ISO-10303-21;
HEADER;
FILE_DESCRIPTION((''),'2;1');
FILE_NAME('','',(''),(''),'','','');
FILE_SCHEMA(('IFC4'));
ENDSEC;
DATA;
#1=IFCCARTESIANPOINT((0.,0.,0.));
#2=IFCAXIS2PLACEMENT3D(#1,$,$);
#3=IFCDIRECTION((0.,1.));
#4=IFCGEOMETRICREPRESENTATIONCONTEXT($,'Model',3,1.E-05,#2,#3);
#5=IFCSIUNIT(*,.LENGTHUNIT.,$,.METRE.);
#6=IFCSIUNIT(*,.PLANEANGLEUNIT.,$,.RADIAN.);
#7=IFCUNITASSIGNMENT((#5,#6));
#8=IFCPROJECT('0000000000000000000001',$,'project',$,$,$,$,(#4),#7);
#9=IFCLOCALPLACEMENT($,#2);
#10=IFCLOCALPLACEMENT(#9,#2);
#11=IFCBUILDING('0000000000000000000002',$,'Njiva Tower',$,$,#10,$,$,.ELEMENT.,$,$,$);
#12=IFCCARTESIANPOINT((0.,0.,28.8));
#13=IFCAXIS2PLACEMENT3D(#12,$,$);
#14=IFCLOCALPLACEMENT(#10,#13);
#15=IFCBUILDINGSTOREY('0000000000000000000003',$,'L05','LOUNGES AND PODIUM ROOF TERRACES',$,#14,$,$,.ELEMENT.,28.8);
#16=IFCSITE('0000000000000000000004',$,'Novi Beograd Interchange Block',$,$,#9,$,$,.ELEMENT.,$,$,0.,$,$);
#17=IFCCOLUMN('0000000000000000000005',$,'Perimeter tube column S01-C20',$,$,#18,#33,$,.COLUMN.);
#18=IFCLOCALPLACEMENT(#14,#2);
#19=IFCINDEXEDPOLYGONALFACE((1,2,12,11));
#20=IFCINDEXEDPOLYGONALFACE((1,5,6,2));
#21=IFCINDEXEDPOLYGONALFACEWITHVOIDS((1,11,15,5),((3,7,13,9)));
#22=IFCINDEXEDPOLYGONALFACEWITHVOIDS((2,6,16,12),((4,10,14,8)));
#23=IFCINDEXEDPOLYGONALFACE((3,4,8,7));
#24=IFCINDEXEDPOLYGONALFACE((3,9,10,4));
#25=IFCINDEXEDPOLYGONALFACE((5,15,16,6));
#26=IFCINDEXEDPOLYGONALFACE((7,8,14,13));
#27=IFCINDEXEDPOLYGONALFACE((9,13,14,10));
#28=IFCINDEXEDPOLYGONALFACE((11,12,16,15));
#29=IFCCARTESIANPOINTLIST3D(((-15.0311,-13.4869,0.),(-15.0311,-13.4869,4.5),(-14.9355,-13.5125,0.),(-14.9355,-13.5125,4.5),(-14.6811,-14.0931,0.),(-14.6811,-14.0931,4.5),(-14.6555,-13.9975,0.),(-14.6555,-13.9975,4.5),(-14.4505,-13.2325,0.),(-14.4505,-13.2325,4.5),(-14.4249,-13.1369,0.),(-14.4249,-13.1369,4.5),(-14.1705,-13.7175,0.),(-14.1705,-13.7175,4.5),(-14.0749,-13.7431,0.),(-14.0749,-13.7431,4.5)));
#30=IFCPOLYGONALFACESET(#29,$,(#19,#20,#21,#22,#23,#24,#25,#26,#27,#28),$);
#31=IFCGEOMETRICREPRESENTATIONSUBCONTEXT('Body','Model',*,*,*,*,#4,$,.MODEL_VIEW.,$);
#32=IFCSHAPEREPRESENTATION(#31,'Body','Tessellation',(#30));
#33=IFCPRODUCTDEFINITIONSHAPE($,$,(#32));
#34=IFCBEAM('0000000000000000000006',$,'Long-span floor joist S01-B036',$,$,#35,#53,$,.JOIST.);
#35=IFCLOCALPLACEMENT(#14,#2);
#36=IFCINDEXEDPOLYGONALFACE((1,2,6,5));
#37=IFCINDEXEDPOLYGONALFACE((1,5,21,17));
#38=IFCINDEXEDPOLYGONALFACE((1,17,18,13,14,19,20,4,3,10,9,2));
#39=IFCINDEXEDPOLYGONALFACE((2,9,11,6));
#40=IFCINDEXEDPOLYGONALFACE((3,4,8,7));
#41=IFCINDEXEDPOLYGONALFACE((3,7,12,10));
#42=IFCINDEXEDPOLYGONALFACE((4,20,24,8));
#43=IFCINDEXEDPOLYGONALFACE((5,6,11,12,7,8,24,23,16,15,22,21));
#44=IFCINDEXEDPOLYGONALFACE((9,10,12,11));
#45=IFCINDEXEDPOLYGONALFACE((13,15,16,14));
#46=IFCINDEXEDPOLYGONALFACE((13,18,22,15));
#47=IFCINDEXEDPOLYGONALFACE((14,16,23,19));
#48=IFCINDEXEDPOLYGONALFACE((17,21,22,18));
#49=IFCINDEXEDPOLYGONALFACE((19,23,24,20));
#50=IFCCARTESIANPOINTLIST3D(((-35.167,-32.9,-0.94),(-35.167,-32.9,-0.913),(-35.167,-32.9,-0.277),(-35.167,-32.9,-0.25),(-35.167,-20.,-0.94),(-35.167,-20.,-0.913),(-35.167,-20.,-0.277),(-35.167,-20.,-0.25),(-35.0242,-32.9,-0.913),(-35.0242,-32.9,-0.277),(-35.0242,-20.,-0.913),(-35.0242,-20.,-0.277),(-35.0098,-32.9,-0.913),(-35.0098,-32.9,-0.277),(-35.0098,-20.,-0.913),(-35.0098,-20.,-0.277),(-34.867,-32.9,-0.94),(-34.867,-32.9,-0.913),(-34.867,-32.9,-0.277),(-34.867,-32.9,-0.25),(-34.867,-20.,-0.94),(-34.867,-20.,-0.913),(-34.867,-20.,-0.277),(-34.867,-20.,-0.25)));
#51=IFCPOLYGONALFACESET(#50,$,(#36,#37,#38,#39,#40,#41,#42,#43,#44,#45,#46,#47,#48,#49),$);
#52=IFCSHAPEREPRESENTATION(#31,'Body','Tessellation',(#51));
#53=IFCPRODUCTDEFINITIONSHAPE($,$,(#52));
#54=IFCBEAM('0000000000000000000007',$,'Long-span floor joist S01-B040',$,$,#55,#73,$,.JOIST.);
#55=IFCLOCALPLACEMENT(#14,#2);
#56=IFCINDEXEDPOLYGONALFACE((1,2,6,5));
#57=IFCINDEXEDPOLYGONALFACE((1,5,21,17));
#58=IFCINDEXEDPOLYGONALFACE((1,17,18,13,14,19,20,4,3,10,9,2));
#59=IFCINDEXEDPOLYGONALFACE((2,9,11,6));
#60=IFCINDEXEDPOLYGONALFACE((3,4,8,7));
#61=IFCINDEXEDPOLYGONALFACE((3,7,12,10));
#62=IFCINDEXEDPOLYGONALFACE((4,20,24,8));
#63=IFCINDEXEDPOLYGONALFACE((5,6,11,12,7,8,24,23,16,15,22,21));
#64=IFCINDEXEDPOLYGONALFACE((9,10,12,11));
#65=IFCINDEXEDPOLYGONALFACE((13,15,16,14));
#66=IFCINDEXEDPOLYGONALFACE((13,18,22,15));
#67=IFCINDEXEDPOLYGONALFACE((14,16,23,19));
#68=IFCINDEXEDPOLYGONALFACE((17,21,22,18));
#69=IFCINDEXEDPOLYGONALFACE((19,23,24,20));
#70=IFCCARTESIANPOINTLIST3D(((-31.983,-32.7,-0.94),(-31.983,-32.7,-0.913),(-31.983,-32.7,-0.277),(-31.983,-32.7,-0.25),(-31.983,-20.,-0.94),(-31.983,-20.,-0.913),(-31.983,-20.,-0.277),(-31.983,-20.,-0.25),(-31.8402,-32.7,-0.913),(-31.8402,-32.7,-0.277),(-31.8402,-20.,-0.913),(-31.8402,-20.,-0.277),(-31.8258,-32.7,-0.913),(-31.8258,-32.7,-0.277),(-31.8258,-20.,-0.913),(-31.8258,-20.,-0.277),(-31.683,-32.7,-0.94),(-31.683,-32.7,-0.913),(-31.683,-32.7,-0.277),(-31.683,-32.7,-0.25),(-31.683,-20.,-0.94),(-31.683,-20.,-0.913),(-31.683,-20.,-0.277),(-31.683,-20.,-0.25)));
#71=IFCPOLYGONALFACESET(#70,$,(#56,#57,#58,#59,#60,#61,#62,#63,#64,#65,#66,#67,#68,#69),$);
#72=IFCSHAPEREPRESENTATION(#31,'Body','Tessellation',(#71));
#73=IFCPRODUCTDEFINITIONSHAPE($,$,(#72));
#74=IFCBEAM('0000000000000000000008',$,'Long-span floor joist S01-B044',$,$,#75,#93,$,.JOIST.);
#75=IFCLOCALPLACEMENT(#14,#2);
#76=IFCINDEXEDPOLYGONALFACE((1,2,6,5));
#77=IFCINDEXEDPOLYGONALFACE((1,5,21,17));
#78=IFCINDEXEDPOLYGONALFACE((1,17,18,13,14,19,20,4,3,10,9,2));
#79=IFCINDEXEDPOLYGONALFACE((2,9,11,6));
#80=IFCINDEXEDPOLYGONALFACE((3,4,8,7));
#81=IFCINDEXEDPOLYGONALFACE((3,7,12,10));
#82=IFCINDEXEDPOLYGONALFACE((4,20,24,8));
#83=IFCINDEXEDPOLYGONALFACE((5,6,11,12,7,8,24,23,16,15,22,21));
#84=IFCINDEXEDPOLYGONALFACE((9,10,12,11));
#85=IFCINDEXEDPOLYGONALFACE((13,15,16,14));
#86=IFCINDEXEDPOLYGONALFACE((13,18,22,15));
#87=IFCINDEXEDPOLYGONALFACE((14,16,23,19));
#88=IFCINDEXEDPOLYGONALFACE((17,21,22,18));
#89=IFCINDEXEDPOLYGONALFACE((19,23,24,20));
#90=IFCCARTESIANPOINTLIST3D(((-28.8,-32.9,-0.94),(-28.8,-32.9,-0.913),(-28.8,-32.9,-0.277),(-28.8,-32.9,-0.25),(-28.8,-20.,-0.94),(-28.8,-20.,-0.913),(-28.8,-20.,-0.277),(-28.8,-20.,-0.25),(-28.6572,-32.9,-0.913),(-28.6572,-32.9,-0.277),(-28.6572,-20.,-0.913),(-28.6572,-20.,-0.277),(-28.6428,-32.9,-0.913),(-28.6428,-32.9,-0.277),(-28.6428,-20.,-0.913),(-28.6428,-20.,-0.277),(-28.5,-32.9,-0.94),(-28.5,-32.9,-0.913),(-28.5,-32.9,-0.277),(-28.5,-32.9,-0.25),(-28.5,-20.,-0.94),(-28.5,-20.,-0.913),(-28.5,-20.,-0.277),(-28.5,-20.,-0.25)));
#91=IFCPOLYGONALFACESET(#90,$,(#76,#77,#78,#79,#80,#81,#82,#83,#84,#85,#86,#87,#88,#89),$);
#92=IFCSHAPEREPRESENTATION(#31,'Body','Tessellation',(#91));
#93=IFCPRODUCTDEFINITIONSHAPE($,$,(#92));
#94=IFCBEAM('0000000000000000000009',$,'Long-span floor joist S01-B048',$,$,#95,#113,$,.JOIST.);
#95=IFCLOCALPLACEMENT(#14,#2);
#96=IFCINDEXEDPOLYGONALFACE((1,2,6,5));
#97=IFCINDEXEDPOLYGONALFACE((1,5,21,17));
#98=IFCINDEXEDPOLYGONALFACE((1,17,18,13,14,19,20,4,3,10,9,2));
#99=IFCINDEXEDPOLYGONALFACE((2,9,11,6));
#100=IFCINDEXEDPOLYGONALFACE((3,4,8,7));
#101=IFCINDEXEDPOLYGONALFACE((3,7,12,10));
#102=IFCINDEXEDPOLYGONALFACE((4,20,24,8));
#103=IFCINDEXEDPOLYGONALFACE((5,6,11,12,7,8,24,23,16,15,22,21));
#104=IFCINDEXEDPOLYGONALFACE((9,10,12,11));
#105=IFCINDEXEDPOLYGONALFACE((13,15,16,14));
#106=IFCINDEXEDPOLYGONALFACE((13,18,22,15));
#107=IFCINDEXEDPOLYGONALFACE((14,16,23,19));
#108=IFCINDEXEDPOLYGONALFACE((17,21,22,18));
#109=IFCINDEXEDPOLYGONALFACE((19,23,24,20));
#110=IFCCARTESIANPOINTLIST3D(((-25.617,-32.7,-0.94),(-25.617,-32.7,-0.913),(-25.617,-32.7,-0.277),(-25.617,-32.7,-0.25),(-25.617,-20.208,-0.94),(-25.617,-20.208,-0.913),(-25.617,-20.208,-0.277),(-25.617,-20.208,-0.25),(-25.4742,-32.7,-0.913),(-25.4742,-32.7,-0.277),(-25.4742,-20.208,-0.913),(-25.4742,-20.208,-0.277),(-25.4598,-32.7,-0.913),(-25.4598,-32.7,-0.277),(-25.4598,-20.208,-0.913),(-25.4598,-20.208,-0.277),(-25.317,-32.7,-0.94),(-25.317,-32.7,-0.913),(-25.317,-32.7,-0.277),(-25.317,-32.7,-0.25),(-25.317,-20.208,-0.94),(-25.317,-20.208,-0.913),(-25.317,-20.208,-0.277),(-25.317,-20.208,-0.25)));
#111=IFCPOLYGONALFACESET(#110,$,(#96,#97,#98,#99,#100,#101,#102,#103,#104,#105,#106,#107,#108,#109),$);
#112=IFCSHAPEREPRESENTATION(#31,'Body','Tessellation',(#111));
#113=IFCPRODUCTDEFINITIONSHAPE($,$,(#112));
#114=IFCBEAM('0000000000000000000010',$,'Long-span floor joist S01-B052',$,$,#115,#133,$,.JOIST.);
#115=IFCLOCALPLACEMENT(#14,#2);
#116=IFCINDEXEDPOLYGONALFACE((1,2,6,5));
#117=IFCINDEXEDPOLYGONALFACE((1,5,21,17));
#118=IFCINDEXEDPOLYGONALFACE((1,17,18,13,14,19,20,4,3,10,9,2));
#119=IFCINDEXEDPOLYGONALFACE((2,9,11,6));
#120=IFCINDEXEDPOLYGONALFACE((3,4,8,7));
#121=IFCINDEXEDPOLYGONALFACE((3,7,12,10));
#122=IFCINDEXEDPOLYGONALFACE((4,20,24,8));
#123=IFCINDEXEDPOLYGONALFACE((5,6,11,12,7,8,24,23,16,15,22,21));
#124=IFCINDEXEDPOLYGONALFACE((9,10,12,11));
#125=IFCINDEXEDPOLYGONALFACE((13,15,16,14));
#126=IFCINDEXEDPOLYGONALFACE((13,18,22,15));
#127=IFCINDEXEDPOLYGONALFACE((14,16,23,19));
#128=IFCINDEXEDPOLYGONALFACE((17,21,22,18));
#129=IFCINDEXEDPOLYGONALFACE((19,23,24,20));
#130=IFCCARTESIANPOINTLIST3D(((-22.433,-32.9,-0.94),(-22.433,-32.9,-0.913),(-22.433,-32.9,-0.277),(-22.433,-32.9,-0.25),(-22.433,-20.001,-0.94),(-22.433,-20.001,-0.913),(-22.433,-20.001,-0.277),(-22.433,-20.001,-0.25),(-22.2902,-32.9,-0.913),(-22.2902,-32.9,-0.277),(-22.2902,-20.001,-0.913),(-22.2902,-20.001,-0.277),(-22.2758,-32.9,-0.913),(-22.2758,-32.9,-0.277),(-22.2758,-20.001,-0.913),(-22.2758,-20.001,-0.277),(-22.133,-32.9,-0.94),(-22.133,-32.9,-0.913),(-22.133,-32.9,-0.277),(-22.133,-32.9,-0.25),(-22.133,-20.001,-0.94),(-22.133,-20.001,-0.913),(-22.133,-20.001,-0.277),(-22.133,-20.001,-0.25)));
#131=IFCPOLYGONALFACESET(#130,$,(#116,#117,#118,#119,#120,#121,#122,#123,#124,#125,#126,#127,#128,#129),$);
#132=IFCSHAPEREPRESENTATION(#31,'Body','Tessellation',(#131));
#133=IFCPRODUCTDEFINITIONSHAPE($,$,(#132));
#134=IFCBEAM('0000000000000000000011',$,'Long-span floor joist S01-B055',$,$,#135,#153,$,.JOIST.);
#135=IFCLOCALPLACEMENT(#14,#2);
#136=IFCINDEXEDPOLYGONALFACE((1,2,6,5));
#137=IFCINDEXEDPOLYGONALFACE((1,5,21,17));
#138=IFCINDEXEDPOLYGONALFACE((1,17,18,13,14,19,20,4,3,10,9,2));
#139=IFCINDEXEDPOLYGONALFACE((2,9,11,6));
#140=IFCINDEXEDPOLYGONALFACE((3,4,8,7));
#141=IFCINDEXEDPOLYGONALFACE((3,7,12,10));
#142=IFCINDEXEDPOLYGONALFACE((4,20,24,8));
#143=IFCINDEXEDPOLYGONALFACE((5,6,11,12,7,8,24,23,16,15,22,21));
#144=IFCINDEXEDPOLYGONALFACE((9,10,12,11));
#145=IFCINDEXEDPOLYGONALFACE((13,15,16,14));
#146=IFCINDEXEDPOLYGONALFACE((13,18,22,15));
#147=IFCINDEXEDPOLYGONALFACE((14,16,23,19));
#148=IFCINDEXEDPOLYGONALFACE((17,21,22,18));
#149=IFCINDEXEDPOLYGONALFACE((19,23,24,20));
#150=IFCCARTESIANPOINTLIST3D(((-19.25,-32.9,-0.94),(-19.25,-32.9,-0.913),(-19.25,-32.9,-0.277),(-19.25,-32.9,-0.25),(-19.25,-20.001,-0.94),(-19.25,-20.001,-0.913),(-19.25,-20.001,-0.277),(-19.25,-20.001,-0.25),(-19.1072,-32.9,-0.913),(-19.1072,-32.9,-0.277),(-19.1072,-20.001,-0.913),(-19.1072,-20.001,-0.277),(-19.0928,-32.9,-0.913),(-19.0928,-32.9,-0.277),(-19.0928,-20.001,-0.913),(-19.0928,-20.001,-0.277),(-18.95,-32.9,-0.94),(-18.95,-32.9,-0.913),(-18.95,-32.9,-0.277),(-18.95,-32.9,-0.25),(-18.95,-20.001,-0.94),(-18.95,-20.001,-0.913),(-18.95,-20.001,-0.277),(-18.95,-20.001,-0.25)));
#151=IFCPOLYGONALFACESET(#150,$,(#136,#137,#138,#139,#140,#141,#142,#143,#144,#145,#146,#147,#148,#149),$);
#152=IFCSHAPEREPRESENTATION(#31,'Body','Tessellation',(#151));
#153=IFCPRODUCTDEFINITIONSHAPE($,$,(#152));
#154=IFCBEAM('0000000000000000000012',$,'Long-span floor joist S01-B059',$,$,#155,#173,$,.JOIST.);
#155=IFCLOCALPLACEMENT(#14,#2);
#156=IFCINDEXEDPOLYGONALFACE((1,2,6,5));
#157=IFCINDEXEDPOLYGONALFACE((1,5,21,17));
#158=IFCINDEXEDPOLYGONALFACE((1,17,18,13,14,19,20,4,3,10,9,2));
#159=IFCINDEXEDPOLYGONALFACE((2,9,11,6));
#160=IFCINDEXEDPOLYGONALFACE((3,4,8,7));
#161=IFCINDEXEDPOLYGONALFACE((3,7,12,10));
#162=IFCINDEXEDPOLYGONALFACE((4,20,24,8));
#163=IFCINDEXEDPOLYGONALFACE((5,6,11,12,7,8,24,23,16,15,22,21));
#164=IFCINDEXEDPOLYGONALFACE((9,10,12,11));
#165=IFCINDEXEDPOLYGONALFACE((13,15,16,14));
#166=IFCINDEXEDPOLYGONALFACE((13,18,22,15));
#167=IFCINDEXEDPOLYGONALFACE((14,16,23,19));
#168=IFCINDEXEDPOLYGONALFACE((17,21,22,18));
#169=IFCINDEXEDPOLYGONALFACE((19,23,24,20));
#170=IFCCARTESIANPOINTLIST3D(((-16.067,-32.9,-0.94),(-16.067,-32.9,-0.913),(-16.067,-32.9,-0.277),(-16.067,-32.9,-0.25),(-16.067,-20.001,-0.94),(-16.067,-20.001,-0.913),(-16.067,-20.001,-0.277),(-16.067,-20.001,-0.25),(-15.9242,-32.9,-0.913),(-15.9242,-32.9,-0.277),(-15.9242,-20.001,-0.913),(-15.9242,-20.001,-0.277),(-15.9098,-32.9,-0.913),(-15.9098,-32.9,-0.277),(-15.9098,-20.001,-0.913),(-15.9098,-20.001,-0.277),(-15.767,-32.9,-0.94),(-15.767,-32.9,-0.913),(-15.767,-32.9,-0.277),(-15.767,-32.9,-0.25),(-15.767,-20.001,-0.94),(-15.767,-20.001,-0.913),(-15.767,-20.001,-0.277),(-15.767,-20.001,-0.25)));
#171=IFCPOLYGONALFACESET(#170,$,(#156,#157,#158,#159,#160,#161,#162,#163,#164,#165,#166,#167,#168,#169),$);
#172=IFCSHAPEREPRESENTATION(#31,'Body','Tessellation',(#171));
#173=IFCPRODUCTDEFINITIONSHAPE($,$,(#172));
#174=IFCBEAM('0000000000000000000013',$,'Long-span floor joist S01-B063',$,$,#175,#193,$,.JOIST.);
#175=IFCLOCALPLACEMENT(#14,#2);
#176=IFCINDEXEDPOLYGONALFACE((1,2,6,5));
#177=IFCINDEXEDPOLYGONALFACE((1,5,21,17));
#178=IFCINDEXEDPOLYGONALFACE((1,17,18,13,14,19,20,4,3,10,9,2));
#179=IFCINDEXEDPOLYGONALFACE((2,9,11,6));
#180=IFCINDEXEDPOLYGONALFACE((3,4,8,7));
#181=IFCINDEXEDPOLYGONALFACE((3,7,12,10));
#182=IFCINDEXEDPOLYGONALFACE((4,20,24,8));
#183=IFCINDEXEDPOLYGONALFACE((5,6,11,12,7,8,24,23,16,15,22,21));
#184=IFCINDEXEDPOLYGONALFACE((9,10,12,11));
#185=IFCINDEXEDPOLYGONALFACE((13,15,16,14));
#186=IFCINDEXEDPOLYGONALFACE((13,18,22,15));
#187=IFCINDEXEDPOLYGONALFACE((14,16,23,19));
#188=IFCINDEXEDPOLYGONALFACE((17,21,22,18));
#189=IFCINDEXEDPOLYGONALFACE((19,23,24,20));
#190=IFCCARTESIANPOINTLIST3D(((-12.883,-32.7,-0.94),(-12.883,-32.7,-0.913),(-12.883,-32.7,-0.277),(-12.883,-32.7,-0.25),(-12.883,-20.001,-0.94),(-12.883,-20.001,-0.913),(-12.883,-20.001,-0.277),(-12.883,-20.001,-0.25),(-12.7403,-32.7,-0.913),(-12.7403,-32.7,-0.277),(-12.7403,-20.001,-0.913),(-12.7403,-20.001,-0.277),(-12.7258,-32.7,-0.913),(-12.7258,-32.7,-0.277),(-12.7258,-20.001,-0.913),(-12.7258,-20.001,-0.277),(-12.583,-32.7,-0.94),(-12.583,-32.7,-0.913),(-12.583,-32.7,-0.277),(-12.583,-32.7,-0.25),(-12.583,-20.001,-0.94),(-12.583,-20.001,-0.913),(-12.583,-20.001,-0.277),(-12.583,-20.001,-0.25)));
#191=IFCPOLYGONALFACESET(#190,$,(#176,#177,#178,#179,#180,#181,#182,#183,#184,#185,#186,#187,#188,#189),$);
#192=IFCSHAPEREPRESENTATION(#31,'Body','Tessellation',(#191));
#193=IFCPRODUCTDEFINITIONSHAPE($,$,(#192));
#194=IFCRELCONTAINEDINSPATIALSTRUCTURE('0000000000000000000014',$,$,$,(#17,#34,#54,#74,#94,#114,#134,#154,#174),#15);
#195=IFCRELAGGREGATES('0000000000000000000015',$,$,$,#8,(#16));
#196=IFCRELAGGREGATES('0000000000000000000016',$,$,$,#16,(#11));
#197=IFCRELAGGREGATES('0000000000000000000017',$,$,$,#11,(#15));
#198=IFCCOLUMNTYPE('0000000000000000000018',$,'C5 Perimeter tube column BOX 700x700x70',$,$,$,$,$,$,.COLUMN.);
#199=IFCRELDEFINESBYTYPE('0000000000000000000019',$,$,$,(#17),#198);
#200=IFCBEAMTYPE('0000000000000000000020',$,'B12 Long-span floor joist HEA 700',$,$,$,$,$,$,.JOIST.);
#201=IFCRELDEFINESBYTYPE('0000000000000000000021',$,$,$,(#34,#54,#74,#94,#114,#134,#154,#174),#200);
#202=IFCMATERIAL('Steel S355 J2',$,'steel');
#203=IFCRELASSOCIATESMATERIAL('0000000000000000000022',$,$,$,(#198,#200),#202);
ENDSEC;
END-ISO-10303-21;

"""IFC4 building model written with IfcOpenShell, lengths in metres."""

from ifc_helpers import new_model, si_unit, direction, frame, origin, origin_2d, place, context, subcontext, project, spatial, hollow_rectangle, i_section, extrude, material, material_profile, profile_set, type_object, element, save


model = new_model("IFC4")

# Units and contexts
model_context = context("Model", 3, precision=1e-05, world=origin(), true_north=direction((0.0, 1.0)))
body_context = subcontext(model_context, "Body", "Model", "MODEL_VIEW")
ifc_project = project(units=[si_unit("LENGTHUNIT", "METRE"), si_unit("PLANEANGLEUNIT", "RADIAN")], contexts=[model_context])

# Site, building, storey
site_placement = place(None, origin())
site = spatial("IfcSite", under=ifc_project, at=site_placement, Name="Novi Beograd Interchange Block", CompositionType="ELEMENT", RefElevation=0.0)
building_placement = place(site_placement, origin())
building = spatial("IfcBuilding", under=site, at=building_placement, Name="Njiva Tower", CompositionType="ELEMENT")
storey_placement = place(building_placement, frame((0.0, 0.0, 28.8)))
storey = spatial("IfcBuildingStorey", under=building, at=storey_placement, Name="L05", Description="LOUNGES AND PODIUM ROOF TERRACES", CompositionType="ELEMENT", Elevation=28.8)

# Column
ifc_material_1 = material(Name="Steel S355 J2", Category="steel")
ifc_material_profile_1 = material_profile(ifc_material_1, hollow_rectangle(XDim=0.7, YDim=0.7, WallThickness=0.07, at=origin_2d()), Name="BOX 700x700x70")
ifc_profile_set_1 = profile_set([ifc_material_profile_1], Name="Steel S355 J2")
column_type = type_object("IfcColumnType", Name="C5 Perimeter tube column BOX 700x700x70", PredefinedType="COLUMN", material=ifc_profile_set_1)
column_placement = place(storey_placement, frame((-14.553, -13.615, 0.0), z_axis=(0.0, 0.0, 1.0), x_axis=(0.5, -0.866025, 0.0)))
element("IfcColumn", 1, at=column_placement, inside=storey, type_object=column_type, Name="Perimeter tube column S01-C20", PredefinedType="COLUMN", context=body_context, shape_type="SweptSolid", body=[
    extrude(hollow_rectangle(XDim=0.7, YDim=0.7, WallThickness=0.07, at=origin_2d()), origin(), (0.0, 0.0, 1.0), 4.5),
])

# Beams
ifc_material_profile_2 = material_profile(ifc_material_1, i_section(OverallWidth=0.3, OverallDepth=0.69, WebThickness=0.0145, FlangeThickness=0.027, at=origin_2d()), Name="HEA 700")
ifc_profile_set_2 = profile_set([ifc_material_profile_2], Name="Steel S355 J2")
beam_type_1 = type_object("IfcBeamType", Name="B12 Long-span floor joist HEA 700", PredefinedType="JOIST", material=ifc_profile_set_2)
beam_1_placement = place(storey_placement, frame((-35.017, -20.0, -0.595), z_axis=(0.0, -1.0, 0.0), x_axis=(1.0, 0.0, 0.0)))
element("IfcBeam", 2, at=beam_1_placement, inside=storey, type_object=beam_type_1, Name="Long-span floor joist S01-B036", PredefinedType="JOIST", context=body_context, shape_type="SweptSolid", body=[
    extrude(i_section(OverallWidth=0.3, OverallDepth=0.69, WebThickness=0.0145, FlangeThickness=0.027, at=origin_2d()), origin(), (0.0, 0.0, 1.0), 12.9),
])
beam_2_placement = place(storey_placement, frame((-31.833, -20.0, -0.595), z_axis=(0.0, -1.0, 0.0), x_axis=(1.0, 0.0, 0.0)))
element("IfcBeam", 3, at=beam_2_placement, inside=storey, type_object=beam_type_1, Name="Long-span floor joist S01-B040", PredefinedType="JOIST", context=body_context, shape_type="SweptSolid", body=[
    extrude(i_section(OverallWidth=0.3, OverallDepth=0.69, WebThickness=0.0145, FlangeThickness=0.027, at=origin_2d()), origin(), (0.0, 0.0, 1.0), 12.7),
])
beam_3_placement = place(storey_placement, frame((-28.65, -20.0, -0.595), z_axis=(0.0, -1.0, 0.0), x_axis=(1.0, 0.0, 0.0)))
element("IfcBeam", 4, at=beam_3_placement, inside=storey, type_object=beam_type_1, Name="Long-span floor joist S01-B044", PredefinedType="JOIST", context=body_context, shape_type="SweptSolid", body=[
    extrude(i_section(OverallWidth=0.3, OverallDepth=0.69, WebThickness=0.0145, FlangeThickness=0.027, at=origin_2d()), origin(), (0.0, 0.0, 1.0), 12.9),
])
beam_4_placement = place(storey_placement, frame((-25.467, -20.208, -0.595), z_axis=(0.0, -1.0, 0.0), x_axis=(1.0, 0.0, 0.0)))
element("IfcBeam", 5, at=beam_4_placement, inside=storey, type_object=beam_type_1, Name="Long-span floor joist S01-B048", PredefinedType="JOIST", context=body_context, shape_type="SweptSolid", body=[
    extrude(i_section(OverallWidth=0.3, OverallDepth=0.69, WebThickness=0.0145, FlangeThickness=0.027, at=origin_2d()), origin(), (0.0, 0.0, 1.0), 12.492),
])
for number, where, z_axis, x_axis, name in (
    (6, (-22.283, -20.001, -0.595), (0.0, -1.0, 0.0), (1.0, 0.0, 0.0), "Long-span floor joist S01-B052"),
    (7, (-19.1, -20.001, -0.595), (0.0, -1.0, 0.0), (1.0, 0.0, 0.0), "Long-span floor joist S01-B055"),
    (8, (-15.917, -20.001, -0.595), (0.0, -1.0, 0.0), (1.0, 0.0, 0.0), "Long-span floor joist S01-B059"),
):
    element("IfcBeam", number, at=place(storey_placement, frame(where, z_axis=z_axis, x_axis=x_axis)), inside=storey, type_object=beam_type_1, Name=name, PredefinedType="JOIST", context=body_context, shape_type="SweptSolid", body=[
        extrude(i_section(OverallWidth=0.3, OverallDepth=0.69, WebThickness=0.0145, FlangeThickness=0.027, at=origin_2d()), origin(), (0.0, 0.0, 1.0), 12.899),
    ])
beam_5_placement = place(storey_placement, frame((-12.733, -20.001, -0.595), z_axis=(0.0, -1.0, 0.0), x_axis=(1.0, 0.0, 0.0)))
element("IfcBeam", 9, at=beam_5_placement, inside=storey, type_object=beam_type_1, Name="Long-span floor joist S01-B063", PredefinedType="JOIST", context=body_context, shape_type="SweptSolid", body=[
    extrude(i_section(OverallWidth=0.3, OverallDepth=0.69, WebThickness=0.0145, FlangeThickness=0.027, at=origin_2d()), origin(), (0.0, 0.0, 1.0), 12.699),
])

save(model, "model.ifc")
